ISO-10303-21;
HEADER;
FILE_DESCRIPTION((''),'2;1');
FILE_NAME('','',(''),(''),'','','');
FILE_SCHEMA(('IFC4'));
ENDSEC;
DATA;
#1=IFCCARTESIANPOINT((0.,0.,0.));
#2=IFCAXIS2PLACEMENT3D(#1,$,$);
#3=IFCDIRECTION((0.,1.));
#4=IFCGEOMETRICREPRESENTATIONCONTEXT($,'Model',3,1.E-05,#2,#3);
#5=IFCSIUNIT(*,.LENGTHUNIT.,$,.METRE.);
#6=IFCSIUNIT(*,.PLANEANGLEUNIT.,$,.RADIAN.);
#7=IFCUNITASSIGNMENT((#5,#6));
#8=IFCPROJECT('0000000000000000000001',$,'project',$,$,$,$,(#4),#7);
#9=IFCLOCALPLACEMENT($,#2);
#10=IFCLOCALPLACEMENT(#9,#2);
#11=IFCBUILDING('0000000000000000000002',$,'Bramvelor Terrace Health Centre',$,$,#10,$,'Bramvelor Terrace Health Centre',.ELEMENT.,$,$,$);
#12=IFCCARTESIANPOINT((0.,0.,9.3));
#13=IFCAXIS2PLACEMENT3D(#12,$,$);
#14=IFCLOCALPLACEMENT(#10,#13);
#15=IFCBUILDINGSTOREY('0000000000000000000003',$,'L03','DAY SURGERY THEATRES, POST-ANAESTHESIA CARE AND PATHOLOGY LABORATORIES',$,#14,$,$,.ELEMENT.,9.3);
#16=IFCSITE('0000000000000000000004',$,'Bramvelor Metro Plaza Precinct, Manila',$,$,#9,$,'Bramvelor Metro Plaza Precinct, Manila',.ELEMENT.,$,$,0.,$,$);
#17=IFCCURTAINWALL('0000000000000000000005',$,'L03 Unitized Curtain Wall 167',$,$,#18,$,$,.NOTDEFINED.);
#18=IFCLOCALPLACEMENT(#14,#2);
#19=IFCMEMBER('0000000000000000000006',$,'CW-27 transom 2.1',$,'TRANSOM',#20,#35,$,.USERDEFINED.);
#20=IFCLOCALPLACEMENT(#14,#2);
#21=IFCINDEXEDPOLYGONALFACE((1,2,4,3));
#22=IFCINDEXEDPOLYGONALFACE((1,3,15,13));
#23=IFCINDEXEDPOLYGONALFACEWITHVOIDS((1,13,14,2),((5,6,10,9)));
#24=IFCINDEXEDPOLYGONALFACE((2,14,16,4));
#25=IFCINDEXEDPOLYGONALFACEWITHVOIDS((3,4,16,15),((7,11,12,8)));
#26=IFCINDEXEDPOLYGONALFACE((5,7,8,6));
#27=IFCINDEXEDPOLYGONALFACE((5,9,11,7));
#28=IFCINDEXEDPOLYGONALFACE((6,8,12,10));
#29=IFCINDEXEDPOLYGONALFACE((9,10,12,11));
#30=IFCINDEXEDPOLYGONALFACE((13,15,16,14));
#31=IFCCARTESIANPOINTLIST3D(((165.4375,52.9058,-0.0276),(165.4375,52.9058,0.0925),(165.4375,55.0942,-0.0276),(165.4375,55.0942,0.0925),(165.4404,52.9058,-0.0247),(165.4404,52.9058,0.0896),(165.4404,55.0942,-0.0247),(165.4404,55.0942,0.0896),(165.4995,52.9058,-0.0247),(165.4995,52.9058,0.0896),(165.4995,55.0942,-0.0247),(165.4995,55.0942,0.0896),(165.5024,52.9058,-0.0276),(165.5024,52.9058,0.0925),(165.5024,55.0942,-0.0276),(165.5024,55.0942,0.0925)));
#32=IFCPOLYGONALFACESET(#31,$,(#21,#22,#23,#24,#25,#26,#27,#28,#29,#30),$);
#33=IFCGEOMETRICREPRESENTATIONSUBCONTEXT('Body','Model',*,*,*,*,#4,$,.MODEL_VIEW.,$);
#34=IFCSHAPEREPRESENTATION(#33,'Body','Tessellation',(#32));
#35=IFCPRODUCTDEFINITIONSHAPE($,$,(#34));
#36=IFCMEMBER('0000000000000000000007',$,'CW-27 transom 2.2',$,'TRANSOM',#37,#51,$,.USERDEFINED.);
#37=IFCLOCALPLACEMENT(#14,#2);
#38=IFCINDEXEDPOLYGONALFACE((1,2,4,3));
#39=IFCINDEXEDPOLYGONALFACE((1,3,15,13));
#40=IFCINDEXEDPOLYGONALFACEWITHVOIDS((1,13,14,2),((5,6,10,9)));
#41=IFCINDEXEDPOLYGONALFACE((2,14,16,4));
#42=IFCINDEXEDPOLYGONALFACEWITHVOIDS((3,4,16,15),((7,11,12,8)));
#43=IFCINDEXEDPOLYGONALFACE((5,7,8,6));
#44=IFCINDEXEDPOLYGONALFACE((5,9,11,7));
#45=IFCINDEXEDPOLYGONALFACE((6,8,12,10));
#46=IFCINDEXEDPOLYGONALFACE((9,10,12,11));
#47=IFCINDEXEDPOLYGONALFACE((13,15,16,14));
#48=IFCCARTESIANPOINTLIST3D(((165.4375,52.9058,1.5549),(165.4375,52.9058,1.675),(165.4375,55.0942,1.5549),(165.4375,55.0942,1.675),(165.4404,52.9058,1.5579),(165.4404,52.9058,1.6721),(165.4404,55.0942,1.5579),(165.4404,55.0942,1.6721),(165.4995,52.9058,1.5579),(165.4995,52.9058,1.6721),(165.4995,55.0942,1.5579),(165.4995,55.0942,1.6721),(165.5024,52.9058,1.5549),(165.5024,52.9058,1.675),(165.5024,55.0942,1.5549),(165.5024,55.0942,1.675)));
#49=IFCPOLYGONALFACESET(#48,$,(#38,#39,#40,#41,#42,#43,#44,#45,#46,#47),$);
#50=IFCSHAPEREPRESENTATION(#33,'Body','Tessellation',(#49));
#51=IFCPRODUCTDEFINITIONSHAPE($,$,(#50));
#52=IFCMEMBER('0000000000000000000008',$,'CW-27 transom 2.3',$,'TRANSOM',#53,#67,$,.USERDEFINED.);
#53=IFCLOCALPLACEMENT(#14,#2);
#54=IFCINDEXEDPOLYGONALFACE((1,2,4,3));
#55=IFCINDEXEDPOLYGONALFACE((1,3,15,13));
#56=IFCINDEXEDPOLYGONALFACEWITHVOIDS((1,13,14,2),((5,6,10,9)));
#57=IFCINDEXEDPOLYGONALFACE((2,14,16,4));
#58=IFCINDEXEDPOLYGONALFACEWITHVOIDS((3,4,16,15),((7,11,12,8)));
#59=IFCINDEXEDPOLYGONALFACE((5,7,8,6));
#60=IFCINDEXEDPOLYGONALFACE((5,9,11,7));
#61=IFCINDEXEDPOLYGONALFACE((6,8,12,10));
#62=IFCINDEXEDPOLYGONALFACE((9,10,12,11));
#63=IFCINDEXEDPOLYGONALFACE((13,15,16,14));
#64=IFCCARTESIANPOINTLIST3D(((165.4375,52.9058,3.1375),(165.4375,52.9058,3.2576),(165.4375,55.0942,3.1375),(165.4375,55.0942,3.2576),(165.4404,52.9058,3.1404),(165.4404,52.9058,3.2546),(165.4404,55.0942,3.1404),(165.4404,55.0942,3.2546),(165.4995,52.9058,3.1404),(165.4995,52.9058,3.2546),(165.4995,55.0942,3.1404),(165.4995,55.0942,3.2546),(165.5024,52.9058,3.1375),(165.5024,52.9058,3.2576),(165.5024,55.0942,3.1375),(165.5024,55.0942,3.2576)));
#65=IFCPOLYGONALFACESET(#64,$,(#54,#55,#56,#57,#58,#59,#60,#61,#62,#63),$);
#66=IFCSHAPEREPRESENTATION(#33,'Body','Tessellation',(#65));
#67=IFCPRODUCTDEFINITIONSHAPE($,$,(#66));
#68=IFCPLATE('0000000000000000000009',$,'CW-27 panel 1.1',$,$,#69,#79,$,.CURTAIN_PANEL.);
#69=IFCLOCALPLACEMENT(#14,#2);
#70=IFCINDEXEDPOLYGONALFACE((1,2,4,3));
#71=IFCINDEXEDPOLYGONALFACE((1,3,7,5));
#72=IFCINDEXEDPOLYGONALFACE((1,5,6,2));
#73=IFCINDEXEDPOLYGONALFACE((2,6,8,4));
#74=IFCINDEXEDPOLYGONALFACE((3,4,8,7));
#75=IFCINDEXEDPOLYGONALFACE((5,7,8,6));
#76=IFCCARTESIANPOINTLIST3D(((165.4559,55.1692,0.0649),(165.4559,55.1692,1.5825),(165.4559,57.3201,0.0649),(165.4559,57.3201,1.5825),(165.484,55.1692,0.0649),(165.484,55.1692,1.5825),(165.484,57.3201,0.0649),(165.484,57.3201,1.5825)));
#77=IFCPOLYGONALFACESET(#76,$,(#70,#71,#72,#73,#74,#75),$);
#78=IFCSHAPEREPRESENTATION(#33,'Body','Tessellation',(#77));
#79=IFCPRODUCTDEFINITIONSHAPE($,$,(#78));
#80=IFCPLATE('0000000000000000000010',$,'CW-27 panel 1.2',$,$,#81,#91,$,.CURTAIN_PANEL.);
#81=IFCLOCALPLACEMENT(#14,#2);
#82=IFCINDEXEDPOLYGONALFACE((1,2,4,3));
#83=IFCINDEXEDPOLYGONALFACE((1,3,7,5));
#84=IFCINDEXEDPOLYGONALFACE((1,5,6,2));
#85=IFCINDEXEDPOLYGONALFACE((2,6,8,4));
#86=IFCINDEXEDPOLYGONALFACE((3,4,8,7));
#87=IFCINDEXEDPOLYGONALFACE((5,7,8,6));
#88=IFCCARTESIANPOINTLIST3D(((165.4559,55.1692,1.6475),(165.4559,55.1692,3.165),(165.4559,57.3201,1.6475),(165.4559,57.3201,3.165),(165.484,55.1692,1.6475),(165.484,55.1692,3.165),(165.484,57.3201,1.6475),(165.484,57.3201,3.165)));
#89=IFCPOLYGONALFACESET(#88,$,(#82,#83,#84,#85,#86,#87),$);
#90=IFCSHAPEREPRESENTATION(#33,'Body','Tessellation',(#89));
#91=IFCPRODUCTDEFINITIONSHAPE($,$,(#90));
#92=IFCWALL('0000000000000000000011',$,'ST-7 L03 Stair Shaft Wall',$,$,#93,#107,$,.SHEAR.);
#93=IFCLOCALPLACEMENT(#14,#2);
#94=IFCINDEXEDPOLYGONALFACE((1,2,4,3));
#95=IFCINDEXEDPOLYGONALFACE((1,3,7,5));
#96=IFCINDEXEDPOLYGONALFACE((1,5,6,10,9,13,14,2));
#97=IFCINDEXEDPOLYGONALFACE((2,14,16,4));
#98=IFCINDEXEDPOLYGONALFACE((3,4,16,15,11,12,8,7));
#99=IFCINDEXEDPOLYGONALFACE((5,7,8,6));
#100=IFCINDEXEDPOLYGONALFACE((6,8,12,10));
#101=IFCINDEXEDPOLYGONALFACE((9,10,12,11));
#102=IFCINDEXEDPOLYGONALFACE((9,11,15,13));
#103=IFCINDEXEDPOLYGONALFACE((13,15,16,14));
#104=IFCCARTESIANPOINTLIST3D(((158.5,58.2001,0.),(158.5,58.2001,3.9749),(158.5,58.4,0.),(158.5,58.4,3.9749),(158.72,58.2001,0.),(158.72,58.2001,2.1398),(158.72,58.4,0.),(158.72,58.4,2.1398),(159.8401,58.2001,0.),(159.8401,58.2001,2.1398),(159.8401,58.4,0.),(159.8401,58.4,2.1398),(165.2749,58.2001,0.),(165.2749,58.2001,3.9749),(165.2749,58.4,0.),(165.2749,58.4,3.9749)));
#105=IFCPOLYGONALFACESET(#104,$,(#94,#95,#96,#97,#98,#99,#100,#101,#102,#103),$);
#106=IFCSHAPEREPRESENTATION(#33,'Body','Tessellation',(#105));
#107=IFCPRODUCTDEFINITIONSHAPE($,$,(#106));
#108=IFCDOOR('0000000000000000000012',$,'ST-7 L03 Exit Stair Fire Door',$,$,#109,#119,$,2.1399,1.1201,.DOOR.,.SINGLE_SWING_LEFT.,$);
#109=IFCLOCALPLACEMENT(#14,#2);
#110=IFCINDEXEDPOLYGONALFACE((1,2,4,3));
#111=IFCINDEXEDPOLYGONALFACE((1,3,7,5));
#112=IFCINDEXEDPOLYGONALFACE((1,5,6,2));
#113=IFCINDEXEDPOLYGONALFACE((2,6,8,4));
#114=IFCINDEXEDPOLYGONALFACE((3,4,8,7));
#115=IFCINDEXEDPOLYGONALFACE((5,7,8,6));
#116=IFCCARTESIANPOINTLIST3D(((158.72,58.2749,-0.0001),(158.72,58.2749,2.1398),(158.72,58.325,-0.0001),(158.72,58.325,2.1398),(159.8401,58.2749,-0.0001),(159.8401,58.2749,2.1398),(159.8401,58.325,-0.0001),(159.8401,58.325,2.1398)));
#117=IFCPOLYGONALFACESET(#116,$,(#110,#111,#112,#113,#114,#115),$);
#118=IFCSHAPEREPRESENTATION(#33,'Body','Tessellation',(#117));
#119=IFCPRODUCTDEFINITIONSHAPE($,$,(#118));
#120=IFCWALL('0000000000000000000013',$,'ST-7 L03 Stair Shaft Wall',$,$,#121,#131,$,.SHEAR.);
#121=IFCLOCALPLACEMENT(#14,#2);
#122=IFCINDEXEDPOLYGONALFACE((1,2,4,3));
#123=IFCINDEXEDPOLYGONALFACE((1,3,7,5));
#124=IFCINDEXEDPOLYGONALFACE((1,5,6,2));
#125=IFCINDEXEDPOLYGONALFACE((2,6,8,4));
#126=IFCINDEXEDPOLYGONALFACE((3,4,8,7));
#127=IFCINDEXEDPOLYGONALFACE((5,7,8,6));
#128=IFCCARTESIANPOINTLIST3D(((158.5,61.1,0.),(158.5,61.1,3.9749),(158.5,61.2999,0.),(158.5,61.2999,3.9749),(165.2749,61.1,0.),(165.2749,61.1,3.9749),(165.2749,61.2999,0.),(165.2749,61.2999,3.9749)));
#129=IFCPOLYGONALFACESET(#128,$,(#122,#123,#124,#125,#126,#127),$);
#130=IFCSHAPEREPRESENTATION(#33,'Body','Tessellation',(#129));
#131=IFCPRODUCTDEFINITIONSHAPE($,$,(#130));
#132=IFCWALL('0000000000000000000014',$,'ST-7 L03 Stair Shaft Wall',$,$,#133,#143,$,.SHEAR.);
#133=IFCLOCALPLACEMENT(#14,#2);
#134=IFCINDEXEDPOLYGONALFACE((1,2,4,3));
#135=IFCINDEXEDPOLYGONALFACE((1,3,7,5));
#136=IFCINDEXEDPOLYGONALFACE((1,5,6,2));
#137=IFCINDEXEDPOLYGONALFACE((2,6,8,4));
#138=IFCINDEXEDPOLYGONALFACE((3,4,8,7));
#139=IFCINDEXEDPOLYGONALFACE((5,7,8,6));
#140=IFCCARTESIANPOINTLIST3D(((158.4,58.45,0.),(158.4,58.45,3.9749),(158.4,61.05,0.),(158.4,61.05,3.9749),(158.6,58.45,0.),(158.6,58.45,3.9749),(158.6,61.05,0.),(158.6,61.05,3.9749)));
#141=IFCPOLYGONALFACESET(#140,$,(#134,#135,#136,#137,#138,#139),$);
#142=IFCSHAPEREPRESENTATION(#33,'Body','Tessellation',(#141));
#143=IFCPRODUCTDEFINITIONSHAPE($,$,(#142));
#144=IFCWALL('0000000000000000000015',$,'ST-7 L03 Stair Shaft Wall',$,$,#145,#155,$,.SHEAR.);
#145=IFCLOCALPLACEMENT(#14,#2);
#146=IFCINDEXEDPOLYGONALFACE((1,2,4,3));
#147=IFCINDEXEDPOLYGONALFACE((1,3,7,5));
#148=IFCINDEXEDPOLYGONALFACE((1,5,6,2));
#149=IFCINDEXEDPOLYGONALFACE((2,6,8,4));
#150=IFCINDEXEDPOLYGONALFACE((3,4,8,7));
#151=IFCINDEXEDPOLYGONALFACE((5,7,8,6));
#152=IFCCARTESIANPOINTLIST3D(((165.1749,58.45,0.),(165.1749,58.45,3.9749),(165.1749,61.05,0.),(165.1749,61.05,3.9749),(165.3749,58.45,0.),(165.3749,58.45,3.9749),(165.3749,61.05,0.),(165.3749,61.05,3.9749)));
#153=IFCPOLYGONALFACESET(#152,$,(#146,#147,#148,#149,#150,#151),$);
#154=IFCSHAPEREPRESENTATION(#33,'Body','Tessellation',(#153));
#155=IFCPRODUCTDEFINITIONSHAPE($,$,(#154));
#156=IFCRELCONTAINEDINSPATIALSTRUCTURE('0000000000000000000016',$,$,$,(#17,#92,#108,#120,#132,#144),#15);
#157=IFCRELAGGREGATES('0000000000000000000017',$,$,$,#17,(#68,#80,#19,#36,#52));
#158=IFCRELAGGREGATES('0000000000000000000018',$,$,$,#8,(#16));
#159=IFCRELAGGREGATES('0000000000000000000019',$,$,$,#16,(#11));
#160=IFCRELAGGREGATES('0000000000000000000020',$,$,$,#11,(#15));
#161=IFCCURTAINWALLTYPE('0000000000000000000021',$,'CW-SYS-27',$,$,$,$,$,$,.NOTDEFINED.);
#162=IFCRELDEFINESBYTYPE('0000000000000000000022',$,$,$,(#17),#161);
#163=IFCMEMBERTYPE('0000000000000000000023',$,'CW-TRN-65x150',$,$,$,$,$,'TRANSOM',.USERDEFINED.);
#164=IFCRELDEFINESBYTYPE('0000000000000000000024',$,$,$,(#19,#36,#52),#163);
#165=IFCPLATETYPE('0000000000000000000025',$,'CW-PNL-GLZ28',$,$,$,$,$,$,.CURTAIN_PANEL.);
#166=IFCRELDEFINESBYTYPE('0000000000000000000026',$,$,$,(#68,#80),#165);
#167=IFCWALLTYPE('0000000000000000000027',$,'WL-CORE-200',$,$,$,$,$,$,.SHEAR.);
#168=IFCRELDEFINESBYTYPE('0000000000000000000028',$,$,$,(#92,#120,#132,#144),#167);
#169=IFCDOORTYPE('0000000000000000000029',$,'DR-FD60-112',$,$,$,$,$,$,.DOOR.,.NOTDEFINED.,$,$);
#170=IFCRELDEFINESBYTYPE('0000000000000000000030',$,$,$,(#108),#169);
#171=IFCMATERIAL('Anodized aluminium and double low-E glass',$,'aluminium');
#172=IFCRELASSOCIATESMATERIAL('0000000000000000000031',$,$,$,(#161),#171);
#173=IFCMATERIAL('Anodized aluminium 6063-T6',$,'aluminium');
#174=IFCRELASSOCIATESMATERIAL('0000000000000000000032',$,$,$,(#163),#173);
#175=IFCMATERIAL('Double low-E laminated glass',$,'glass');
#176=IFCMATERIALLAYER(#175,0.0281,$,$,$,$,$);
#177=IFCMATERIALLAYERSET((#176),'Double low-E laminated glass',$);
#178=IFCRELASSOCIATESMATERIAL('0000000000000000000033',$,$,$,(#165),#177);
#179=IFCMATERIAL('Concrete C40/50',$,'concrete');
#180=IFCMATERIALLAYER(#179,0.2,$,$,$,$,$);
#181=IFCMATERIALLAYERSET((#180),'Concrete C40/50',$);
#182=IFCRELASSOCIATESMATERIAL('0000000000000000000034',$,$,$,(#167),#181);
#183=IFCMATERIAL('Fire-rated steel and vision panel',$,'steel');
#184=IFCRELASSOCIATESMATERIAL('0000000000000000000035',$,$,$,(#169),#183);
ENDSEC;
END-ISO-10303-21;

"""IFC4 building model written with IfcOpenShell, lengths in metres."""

from ifc_helpers import new_model, si_unit, direction, frame, frame_2d, origin, origin_2d, place, context, subcontext, project, spatial, rectangle, hollow_rectangle, extrude, material, layer, layer_set, material_profile, profile_set, type_object, element, fill, aggregate, save


model = new_model("IFC4")

# Units and contexts
model_context = context("Model", 3, precision=1e-05, world=origin(), true_north=direction((0.0, 1.0)))
body_context = subcontext(model_context, "Body", "Model", "MODEL_VIEW")
ifc_project = project(units=[si_unit("LENGTHUNIT", "METRE"), si_unit("PLANEANGLEUNIT", "RADIAN")], contexts=[model_context])

# Site, building, storey
site_placement = place(None, origin())
site = spatial("IfcSite", under=ifc_project, at=site_placement, Name="Bramvelor Metro Plaza Precinct, Manila", LongName="Bramvelor Metro Plaza Precinct, Manila", CompositionType="ELEMENT", RefElevation=0.0)
building_placement = place(site_placement, origin())
building = spatial("IfcBuilding", under=site, at=building_placement, Name="Bramvelor Terrace Health Centre", LongName="Bramvelor Terrace Health Centre", CompositionType="ELEMENT")
storey_placement = place(building_placement, frame((0.0, 0.0, 9.3)))
storey = spatial("IfcBuildingStorey", under=building, at=storey_placement, Name="L03", Description="DAY SURGERY THEATRES, POST-ANAESTHESIA CARE AND PATHOLOGY LABORATORIES", CompositionType="ELEMENT", Elevation=9.3)

# Curtain wall, members, plates
ifc_material_1 = material(Name="Anodized aluminium and double low-E glass", Category="aluminium")
curtain_wall_type = type_object("IfcCurtainWallType", Name="CW-SYS-27", PredefinedType="NOTDEFINED", material=ifc_material_1)
curtain_wall_placement = place(storey_placement, origin())
curtain_wall = element("IfcCurtainWall", 1, at=curtain_wall_placement, inside=storey, type_object=curtain_wall_type, Name="L03 Unitized Curtain Wall 167", PredefinedType="NOTDEFINED")
ifc_material_2 = material(Name="Anodized aluminium 6063-T6", Category="aluminium")
ifc_material_profile_1 = material_profile(ifc_material_2, hollow_rectangle(XDim=0.0649, YDim=0.1201, WallThickness=0.0029, at=origin_2d()), Name="ALU-TRN 65x120x3.0")
ifc_profile_set_1 = profile_set([ifc_material_profile_1], Name="Anodized aluminium 6063-T6")
member_type_1 = type_object("IfcMemberType", Name="CW-TRN-65x150", ElementType="TRANSOM", PredefinedType="USERDEFINED", material=ifc_profile_set_1)
member_1_placement = place(storey_placement, frame((165.47, 55.0942, 0.0325), z_axis=(0.0, -1.0, 0.0), x_axis=(1.0, 0.0, 0.0)))
member_1 = element("IfcMember", 2, at=member_1_placement, type_object=member_type_1, Name="CW-27 transom 2.1", ObjectType="TRANSOM", PredefinedType="USERDEFINED", context=body_context, shape_type="SweptSolid", body=[
    extrude(hollow_rectangle(XDim=0.0649, YDim=0.1201, WallThickness=0.0029, at=origin_2d()), origin(), (0.0, 0.0, 1.0), 2.1885),
])
member_2_placement = place(storey_placement, frame((165.47, 55.0942, 1.615), z_axis=(0.0, -1.0, 0.0), x_axis=(1.0, 0.0, 0.0)))
member_2 = element("IfcMember", 3, at=member_2_placement, type_object=member_type_1, Name="CW-27 transom 2.2", ObjectType="TRANSOM", PredefinedType="USERDEFINED", context=body_context, shape_type="SweptSolid", body=[
    extrude(hollow_rectangle(XDim=0.0649, YDim=0.1201, WallThickness=0.0029, at=origin_2d()), origin(), (0.0, 0.0, 1.0), 2.1885),
])
member_3_placement = place(storey_placement, frame((165.47, 55.0942, 3.1975), z_axis=(0.0, -1.0, 0.0), x_axis=(1.0, 0.0, 0.0)))
member_3 = element("IfcMember", 4, at=member_3_placement, type_object=member_type_1, Name="CW-27 transom 2.3", ObjectType="TRANSOM", PredefinedType="USERDEFINED", context=body_context, shape_type="SweptSolid", body=[
    extrude(hollow_rectangle(XDim=0.0649, YDim=0.1201, WallThickness=0.0029, at=origin_2d()), origin(), (0.0, 0.0, 1.0), 2.1885),
])
ifc_material_3 = material(Name="Double low-E laminated glass", Category="glass")
ifc_layer_1 = layer(ifc_material_3, 0.0281)
ifc_layer_set_1 = layer_set([ifc_layer_1], Name="Double low-E laminated glass")
plate_type = type_object("IfcPlateType", Name="CW-PNL-GLZ28", PredefinedType="CURTAIN_PANEL", material=ifc_layer_set_1)
plate_1_placement = place(storey_placement, frame((165.47, 56.2446, 0.0649), z_axis=(0.0, 0.0, 1.0), x_axis=(0.0, -1.0, 0.0)))
plate_1 = element("IfcPlate", 5, at=plate_1_placement, type_object=plate_type, Name="CW-27 panel 1.1", PredefinedType="CURTAIN_PANEL", context=body_context, shape_type="SweptSolid", body=[
    extrude(rectangle(XDim=2.1509, YDim=0.0281, at=origin_2d()), origin(), (0.0, 0.0, 1.0), 1.5176),
])
plate_2_placement = place(storey_placement, frame((165.47, 56.2446, 1.6475), z_axis=(0.0, 0.0, 1.0), x_axis=(0.0, -1.0, 0.0)))
plate_2 = element("IfcPlate", 6, at=plate_2_placement, type_object=plate_type, Name="CW-27 panel 1.2", PredefinedType="CURTAIN_PANEL", context=body_context, shape_type="SweptSolid", body=[
    extrude(rectangle(XDim=2.1509, YDim=0.0281, at=origin_2d()), origin(), (0.0, 0.0, 1.0), 1.5176),
])
aggregate(curtain_wall, [plate_1, plate_2, member_1, member_2, member_3])

# Wall, opening, door
ifc_material_4 = material(Name="Concrete C40/50", Category="concrete")
ifc_layer_2 = layer(ifc_material_4, 0.2)
ifc_layer_set_2 = layer_set([ifc_layer_2], Name="Concrete C40/50")
wall_type = type_object("IfcWallType", Name="WL-CORE-200", PredefinedType="SHEAR", material=ifc_layer_set_2)
wall_1_placement = place(storey_placement, frame((158.5, 58.3, 0.0), z_axis=(0.0, 0.0, 1.0), x_axis=(1.0, 0.0, 0.0)))
wall_1 = element("IfcWall", 7, at=wall_1_placement, inside=storey, type_object=wall_type, Name="ST-7 L03 Stair Shaft Wall", PredefinedType="SHEAR", context=body_context, shape_type="SweptSolid", body=[
    extrude(rectangle(XDim=6.7749, YDim=0.2, at=frame_2d((3.3875, 0.0))), origin(), (0.0, 0.0, 1.0), 3.9749),
])
opening_placement = place(wall_1_placement, frame((0.22, 0.0, 0.0)))
opening = element("IfcOpeningElement", 8, at=opening_placement, cuts=wall_1, PredefinedType="OPENING", context=body_context, shape_type="SweptSolid", body=[
    extrude(rectangle(XDim=1.1201, YDim=2.1399, at=frame_2d((0.5601, 1.0698))), frame((0.0, 0.1099, 0.0), z_axis=(0.0, -1.0, 0.0), x_axis=(1.0, 0.0, 0.0)), (0.0, 0.0, 1.0), 0.22),
])
ifc_material_5 = material(Name="Fire-rated steel and vision panel", Category="steel")
door_type = type_object("IfcDoorType", Name="DR-FD60-112", OperationType="NOTDEFINED", PredefinedType="DOOR", material=ifc_material_5)
door_placement = place(opening_placement, origin())
door = element("IfcDoor", 9, at=door_placement, inside=storey, type_object=door_type, Name="ST-7 L03 Exit Stair Fire Door", OperationType="SINGLE_SWING_LEFT", OverallHeight=2.1399, OverallWidth=1.1201, PredefinedType="DOOR", context=body_context, shape_type="SweptSolid", body=[
    extrude(rectangle(XDim=1.1201, YDim=2.1399, at=frame_2d((0.5601, 1.0698))), frame((0.0, 0.0249, 0.0), z_axis=(0.0, -1.0, 0.0), x_axis=(1.0, 0.0, 0.0)), (0.0, 0.0, 1.0), 0.05),
])
fill(opening, door)

# Walls
wall_2_placement = place(storey_placement, frame((158.5, 61.2, 0.0), z_axis=(0.0, 0.0, 1.0), x_axis=(1.0, 0.0, 0.0)))
element("IfcWall", 10, at=wall_2_placement, inside=storey, type_object=wall_type, Name="ST-7 L03 Stair Shaft Wall", PredefinedType="SHEAR", context=body_context, shape_type="SweptSolid", body=[
    extrude(rectangle(XDim=6.7749, YDim=0.2, at=frame_2d((3.3875, 0.0))), origin(), (0.0, 0.0, 1.0), 3.9749),
])
for number, where, z_axis, x_axis, name in (
    (11, (158.5, 58.45, 0.0), (0.0, 0.0, 1.0), (0.0, 1.0, 0.0), "ST-7 L03 Stair Shaft Wall"),
    (12, (165.2749, 58.45, 0.0), (0.0, 0.0, 1.0), (0.0, 1.0, 0.0), "ST-7 L03 Stair Shaft Wall"),
):
    element("IfcWall", number, at=place(storey_placement, frame(where, z_axis=z_axis, x_axis=x_axis)), inside=storey, type_object=wall_type, Name=name, PredefinedType="SHEAR", context=body_context, shape_type="SweptSolid", body=[
        extrude(rectangle(XDim=2.6001, YDim=0.2, at=frame_2d((1.3, 0.0))), origin(), (0.0, 0.0, 1.0), 3.9749),
    ])

save(model, "model.ifc")
